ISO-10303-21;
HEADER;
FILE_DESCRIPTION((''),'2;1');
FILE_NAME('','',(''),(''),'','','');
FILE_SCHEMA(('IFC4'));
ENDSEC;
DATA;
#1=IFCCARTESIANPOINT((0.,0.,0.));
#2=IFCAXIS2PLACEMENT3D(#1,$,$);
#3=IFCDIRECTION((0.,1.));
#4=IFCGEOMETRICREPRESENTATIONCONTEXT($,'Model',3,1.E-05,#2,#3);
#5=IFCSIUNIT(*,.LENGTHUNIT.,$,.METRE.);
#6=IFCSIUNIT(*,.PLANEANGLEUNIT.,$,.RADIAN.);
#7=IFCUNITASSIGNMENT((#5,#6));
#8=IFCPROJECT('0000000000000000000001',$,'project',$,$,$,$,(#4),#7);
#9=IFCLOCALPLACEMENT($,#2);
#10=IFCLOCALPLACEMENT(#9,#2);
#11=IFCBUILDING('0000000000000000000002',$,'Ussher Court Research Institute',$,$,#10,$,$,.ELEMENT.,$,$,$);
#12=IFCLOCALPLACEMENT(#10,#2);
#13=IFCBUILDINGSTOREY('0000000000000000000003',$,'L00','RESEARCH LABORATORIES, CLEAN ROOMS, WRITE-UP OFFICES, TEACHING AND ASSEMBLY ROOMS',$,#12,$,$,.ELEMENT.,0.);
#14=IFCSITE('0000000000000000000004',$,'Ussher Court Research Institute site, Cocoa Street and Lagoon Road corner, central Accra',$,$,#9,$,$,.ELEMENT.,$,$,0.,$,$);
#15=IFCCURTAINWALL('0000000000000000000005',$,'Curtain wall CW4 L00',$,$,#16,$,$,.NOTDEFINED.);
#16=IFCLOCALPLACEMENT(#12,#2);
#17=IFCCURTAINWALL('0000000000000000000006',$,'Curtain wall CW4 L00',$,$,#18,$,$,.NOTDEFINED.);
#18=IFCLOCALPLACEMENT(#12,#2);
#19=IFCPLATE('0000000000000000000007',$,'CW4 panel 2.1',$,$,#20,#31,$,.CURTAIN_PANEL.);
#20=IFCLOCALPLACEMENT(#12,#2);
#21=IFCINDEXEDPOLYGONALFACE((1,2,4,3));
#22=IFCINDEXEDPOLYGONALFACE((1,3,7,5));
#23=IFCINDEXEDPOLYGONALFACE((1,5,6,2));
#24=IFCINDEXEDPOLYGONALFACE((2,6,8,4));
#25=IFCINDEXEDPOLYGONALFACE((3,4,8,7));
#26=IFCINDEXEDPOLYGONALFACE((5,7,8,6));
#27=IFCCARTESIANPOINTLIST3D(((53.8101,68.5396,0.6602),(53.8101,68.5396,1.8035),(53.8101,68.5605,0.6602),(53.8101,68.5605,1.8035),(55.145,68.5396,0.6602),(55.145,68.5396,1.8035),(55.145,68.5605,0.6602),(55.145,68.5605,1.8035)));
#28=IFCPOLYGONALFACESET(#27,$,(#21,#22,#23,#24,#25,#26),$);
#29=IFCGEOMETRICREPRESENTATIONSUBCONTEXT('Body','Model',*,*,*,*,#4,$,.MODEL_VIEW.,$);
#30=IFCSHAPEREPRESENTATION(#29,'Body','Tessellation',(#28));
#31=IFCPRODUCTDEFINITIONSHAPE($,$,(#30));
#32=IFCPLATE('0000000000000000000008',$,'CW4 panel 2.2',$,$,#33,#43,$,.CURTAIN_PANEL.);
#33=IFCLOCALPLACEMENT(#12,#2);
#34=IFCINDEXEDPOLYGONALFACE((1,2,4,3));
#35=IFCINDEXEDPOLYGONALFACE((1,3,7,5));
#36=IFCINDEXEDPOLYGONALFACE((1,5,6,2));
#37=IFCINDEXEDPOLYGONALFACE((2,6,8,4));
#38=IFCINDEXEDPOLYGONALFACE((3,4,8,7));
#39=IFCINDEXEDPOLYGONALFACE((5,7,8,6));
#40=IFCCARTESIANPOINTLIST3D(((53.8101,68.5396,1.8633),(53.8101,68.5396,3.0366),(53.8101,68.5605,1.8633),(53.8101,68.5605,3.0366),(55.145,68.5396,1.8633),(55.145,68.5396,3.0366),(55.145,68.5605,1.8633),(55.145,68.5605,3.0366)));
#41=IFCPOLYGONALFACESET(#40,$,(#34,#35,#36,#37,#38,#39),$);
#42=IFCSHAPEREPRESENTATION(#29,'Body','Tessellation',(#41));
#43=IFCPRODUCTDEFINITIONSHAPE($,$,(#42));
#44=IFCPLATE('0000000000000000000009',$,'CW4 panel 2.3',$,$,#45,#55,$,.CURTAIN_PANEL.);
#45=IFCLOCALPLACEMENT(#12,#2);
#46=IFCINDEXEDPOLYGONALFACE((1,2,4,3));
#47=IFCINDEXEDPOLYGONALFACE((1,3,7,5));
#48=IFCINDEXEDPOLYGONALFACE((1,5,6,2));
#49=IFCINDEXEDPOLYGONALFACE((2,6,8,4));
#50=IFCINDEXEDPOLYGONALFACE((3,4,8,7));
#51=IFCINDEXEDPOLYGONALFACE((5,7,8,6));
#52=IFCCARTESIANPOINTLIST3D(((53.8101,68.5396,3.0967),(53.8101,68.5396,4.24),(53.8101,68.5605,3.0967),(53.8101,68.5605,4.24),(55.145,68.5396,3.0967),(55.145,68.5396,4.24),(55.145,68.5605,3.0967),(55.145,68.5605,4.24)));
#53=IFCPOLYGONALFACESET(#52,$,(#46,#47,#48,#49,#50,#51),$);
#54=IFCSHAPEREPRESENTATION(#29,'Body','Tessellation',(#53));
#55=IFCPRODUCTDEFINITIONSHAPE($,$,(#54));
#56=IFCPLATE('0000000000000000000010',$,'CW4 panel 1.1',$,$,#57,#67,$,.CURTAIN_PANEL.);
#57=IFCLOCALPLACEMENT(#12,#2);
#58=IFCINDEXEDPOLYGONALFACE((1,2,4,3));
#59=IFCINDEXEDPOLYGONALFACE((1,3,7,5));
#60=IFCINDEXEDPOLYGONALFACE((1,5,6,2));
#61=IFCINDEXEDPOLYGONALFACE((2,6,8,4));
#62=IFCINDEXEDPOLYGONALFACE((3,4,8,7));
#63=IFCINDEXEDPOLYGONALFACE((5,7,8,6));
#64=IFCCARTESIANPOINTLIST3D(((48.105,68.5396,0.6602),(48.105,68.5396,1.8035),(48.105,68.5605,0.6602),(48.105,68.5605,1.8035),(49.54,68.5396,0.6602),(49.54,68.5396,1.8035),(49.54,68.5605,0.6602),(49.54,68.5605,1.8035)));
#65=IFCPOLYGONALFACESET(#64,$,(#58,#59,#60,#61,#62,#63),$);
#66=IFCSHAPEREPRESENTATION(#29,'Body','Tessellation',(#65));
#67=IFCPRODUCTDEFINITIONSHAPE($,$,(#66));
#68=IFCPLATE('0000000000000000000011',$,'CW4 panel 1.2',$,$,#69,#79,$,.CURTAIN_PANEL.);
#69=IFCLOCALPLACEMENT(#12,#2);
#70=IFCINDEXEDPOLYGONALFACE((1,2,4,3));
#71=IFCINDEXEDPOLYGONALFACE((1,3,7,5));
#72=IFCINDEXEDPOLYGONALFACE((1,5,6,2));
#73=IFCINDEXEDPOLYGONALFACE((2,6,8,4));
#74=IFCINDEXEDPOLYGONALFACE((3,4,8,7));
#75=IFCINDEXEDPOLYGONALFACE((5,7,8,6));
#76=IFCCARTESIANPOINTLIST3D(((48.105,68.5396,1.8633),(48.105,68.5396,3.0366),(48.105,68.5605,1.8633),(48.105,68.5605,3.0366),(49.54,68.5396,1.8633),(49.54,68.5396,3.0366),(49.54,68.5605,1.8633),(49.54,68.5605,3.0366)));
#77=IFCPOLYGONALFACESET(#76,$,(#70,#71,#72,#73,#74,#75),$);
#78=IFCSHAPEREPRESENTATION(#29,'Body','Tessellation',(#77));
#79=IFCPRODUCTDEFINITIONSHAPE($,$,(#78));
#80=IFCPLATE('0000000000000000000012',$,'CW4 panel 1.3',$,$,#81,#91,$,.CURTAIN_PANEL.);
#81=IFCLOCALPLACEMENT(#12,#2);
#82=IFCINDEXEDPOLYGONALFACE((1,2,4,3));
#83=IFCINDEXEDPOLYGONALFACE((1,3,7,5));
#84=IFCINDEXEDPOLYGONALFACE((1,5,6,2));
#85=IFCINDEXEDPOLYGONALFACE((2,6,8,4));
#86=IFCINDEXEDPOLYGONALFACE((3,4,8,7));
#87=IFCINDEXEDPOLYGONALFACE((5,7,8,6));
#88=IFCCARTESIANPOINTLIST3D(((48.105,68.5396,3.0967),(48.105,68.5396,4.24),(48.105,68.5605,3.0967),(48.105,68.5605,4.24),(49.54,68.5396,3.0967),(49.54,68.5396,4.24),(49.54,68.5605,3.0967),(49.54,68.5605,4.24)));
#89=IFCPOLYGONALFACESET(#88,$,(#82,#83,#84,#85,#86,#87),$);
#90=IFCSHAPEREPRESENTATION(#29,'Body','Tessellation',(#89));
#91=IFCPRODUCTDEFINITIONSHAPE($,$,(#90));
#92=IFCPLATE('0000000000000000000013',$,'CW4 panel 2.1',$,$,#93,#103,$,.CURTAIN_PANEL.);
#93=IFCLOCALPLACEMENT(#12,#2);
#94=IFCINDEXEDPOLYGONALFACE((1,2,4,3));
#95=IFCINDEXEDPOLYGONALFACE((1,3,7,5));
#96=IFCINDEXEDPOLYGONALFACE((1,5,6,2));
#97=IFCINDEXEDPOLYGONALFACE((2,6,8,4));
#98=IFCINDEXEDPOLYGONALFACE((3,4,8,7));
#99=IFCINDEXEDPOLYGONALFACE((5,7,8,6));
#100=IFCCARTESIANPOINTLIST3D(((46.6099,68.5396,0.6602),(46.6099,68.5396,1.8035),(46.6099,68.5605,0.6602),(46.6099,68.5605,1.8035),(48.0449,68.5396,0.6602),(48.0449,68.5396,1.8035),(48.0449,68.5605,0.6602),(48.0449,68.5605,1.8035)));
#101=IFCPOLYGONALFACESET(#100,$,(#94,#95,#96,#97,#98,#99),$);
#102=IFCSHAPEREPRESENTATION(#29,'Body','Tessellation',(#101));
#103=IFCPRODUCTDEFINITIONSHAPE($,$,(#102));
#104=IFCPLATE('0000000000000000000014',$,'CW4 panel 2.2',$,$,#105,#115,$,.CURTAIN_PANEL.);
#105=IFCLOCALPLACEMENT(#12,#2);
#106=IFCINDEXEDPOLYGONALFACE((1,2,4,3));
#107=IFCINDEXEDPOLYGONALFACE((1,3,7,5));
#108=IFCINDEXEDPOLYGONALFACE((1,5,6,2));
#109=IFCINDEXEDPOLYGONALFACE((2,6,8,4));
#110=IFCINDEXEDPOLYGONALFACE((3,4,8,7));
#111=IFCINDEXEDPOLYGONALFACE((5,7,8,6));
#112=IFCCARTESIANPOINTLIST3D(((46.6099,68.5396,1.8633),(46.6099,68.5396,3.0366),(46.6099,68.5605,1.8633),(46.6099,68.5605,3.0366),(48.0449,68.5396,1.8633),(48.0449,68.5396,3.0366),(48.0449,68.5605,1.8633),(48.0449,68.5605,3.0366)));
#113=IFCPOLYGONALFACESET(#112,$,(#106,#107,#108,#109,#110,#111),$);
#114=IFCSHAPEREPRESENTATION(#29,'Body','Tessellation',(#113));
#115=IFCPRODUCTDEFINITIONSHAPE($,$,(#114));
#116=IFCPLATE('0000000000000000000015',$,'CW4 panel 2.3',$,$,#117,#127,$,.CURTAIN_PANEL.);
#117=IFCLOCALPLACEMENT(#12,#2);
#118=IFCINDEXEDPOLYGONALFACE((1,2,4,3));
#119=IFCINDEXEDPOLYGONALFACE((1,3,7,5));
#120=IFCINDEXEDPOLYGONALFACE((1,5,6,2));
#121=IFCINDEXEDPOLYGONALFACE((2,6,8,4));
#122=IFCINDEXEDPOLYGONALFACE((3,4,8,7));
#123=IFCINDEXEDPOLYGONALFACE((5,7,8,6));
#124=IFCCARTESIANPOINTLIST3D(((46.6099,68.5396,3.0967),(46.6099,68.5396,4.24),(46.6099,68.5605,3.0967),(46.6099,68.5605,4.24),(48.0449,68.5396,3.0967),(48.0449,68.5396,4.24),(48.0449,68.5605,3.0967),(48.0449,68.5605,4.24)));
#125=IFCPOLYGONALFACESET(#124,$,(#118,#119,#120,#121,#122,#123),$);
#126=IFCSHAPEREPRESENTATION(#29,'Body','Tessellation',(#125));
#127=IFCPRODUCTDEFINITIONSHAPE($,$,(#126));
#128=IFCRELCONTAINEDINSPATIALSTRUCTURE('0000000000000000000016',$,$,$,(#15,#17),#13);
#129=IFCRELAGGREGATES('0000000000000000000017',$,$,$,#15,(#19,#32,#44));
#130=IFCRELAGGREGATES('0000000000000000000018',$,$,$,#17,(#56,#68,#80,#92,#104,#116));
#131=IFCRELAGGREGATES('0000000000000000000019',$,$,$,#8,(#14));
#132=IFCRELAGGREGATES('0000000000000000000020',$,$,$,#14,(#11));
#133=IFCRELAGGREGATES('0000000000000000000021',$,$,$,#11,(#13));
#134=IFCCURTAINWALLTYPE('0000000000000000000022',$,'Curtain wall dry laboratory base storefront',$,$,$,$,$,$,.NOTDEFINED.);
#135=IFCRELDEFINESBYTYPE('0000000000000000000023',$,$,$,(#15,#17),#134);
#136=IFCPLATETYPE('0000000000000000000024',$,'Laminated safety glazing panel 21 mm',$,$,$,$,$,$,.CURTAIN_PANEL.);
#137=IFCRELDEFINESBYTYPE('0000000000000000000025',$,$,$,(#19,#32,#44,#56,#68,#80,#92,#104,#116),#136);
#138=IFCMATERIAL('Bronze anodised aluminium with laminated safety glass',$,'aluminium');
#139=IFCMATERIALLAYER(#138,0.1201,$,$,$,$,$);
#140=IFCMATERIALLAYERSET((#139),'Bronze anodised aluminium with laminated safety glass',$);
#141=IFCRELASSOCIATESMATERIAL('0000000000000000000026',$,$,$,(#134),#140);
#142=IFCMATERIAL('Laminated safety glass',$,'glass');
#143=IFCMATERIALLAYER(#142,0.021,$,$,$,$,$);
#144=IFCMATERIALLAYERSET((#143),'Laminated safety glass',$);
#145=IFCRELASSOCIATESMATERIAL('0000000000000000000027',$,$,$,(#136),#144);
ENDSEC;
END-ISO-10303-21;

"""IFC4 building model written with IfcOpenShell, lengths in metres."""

from ifc_helpers import new_model, si_unit, direction, frame, origin, origin_2d, place, context, subcontext, project, spatial, rectangle, extrude, material, layer, layer_set, type_object, element, aggregate, save


model = new_model("IFC4")

# Units and contexts
model_context = context("Model", 3, precision=1e-05, world=origin(), true_north=direction((0.0, 1.0)))
body_context = subcontext(model_context, "Body", "Model", "MODEL_VIEW")
ifc_project = project(units=[si_unit("LENGTHUNIT", "METRE"), si_unit("PLANEANGLEUNIT", "RADIAN")], contexts=[model_context])

# Site, building, storey
site_placement = place(None, origin())
site = spatial("IfcSite", under=ifc_project, at=site_placement, Name="Ussher Court Research Institute site, Cocoa Street and Lagoon Road corner, central Accra", CompositionType="ELEMENT", RefElevation=0.0)
building_placement = place(site_placement, origin())
building = spatial("IfcBuilding", under=site, at=building_placement, Name="Ussher Court Research Institute", CompositionType="ELEMENT")
storey_placement = place(building_placement, origin())
storey = spatial("IfcBuildingStorey", under=building, at=storey_placement, Name="L00", Description="RESEARCH LABORATORIES, CLEAN ROOMS, WRITE-UP OFFICES, TEACHING AND ASSEMBLY ROOMS", CompositionType="ELEMENT", Elevation=0.0)

# Curtain wall
ifc_material_1 = material(Name="Bronze anodised aluminium with laminated safety glass", Category="aluminium")
ifc_layer_1 = layer(ifc_material_1, 0.1201)
ifc_layer_set_1 = layer_set([ifc_layer_1], Name="Bronze anodised aluminium with laminated safety glass")
curtain_wall_type = type_object("IfcCurtainWallType", Name="Curtain wall dry laboratory base storefront", PredefinedType="NOTDEFINED", material=ifc_layer_set_1)
curtain_wall_1_placement = place(storey_placement, origin())
curtain_wall_1 = element("IfcCurtainWall", 1, at=curtain_wall_1_placement, inside=storey, type_object=curtain_wall_type, Name="Curtain wall CW4 L00", PredefinedType="NOTDEFINED")

# Curtain wall
curtain_wall_2_placement = place(storey_placement, origin())
curtain_wall_2 = element("IfcCurtainWall", 2, at=curtain_wall_2_placement, inside=storey, type_object=curtain_wall_type, Name="Curtain wall CW4 L00", PredefinedType="NOTDEFINED")

# Plates
ifc_material_2 = material(Name="Laminated safety glass", Category="glass")
ifc_layer_2 = layer(ifc_material_2, 0.021)
ifc_layer_set_2 = layer_set([ifc_layer_2], Name="Laminated safety glass")
plate_type = type_object("IfcPlateType", Name="Laminated safety glazing panel 21 mm", PredefinedType="CURTAIN_PANEL", material=ifc_layer_set_2)
plate_1_placement = place(storey_placement, frame((54.4775, 68.55, 0.6602), z_axis=(0.0, 0.0, 1.0), x_axis=(-1.0, 0.0, 0.0)))
plate_1 = element("IfcPlate", 3, at=plate_1_placement, type_object=plate_type, Name="CW4 panel 2.1", PredefinedType="CURTAIN_PANEL", context=body_context, shape_type="SweptSolid", body=[
    extrude(rectangle(XDim=1.335, YDim=0.021, at=origin_2d()), origin(), (0.0, 0.0, 1.0), 1.1433),
])
plate_2_placement = place(storey_placement, frame((54.4775, 68.55, 1.8633), z_axis=(0.0, 0.0, 1.0), x_axis=(-1.0, 0.0, 0.0)))
plate_2 = element("IfcPlate", 4, at=plate_2_placement, type_object=plate_type, Name="CW4 panel 2.2", PredefinedType="CURTAIN_PANEL", context=body_context, shape_type="SweptSolid", body=[
    extrude(rectangle(XDim=1.335, YDim=0.021, at=origin_2d()), origin(), (0.0, 0.0, 1.0), 1.1733),
])
plate_3_placement = place(storey_placement, frame((54.4775, 68.55, 3.0967), z_axis=(0.0, 0.0, 1.0), x_axis=(-1.0, 0.0, 0.0)))
plate_3 = element("IfcPlate", 5, at=plate_3_placement, type_object=plate_type, Name="CW4 panel 2.3", PredefinedType="CURTAIN_PANEL", context=body_context, shape_type="SweptSolid", body=[
    extrude(rectangle(XDim=1.335, YDim=0.021, at=origin_2d()), origin(), (0.0, 0.0, 1.0), 1.1433),
])
aggregate(curtain_wall_1, [plate_1, plate_2, plate_3])
plate_4_placement = place(storey_placement, frame((48.8225, 68.55, 0.6602), z_axis=(0.0, 0.0, 1.0), x_axis=(-1.0, 0.0, 0.0)))
plate_4 = element("IfcPlate", 6, at=plate_4_placement, type_object=plate_type, Name="CW4 panel 1.1", PredefinedType="CURTAIN_PANEL", context=body_context, shape_type="SweptSolid", body=[
    extrude(rectangle(XDim=1.4351, YDim=0.021, at=origin_2d()), origin(), (0.0, 0.0, 1.0), 1.1433),
])
plate_5_placement = place(storey_placement, frame((48.8225, 68.55, 1.8633), z_axis=(0.0, 0.0, 1.0), x_axis=(-1.0, 0.0, 0.0)))
plate_5 = element("IfcPlate", 7, at=plate_5_placement, type_object=plate_type, Name="CW4 panel 1.2", PredefinedType="CURTAIN_PANEL", context=body_context, shape_type="SweptSolid", body=[
    extrude(rectangle(XDim=1.4351, YDim=0.021, at=origin_2d()), origin(), (0.0, 0.0, 1.0), 1.1733),
])
plate_6_placement = place(storey_placement, frame((48.8225, 68.55, 3.0967), z_axis=(0.0, 0.0, 1.0), x_axis=(-1.0, 0.0, 0.0)))
plate_6 = element("IfcPlate", 8, at=plate_6_placement, type_object=plate_type, Name="CW4 panel 1.3", PredefinedType="CURTAIN_PANEL", context=body_context, shape_type="SweptSolid", body=[
    extrude(rectangle(XDim=1.4351, YDim=0.021, at=origin_2d()), origin(), (0.0, 0.0, 1.0), 1.1433),
])
plate_7_placement = place(storey_placement, frame((47.3274, 68.55, 0.6602), z_axis=(0.0, 0.0, 1.0), x_axis=(-1.0, 0.0, 0.0)))
plate_7 = element("IfcPlate", 9, at=plate_7_placement, type_object=plate_type, Name="CW4 panel 2.1", PredefinedType="CURTAIN_PANEL", context=body_context, shape_type="SweptSolid", body=[
    extrude(rectangle(XDim=1.4351, YDim=0.021, at=origin_2d()), origin(), (0.0, 0.0, 1.0), 1.1433),
])
plate_8_placement = place(storey_placement, frame((47.3274, 68.55, 1.8633), z_axis=(0.0, 0.0, 1.0), x_axis=(-1.0, 0.0, 0.0)))
plate_8 = element("IfcPlate", 10, at=plate_8_placement, type_object=plate_type, Name="CW4 panel 2.2", PredefinedType="CURTAIN_PANEL", context=body_context, shape_type="SweptSolid", body=[
    extrude(rectangle(XDim=1.4351, YDim=0.021, at=origin_2d()), origin(), (0.0, 0.0, 1.0), 1.1733),
])
plate_9_placement = place(storey_placement, frame((47.3274, 68.55, 3.0967), z_axis=(0.0, 0.0, 1.0), x_axis=(-1.0, 0.0, 0.0)))
plate_9 = element("IfcPlate", 11, at=plate_9_placement, type_object=plate_type, Name="CW4 panel 2.3", PredefinedType="CURTAIN_PANEL", context=body_context, shape_type="SweptSolid", body=[
    extrude(rectangle(XDim=1.4351, YDim=0.021, at=origin_2d()), origin(), (0.0, 0.0, 1.0), 1.1433),
])
aggregate(curtain_wall_2, [plate_4, plate_5, plate_6, plate_7, plate_8, plate_9])

save(model, "model.ifc")
